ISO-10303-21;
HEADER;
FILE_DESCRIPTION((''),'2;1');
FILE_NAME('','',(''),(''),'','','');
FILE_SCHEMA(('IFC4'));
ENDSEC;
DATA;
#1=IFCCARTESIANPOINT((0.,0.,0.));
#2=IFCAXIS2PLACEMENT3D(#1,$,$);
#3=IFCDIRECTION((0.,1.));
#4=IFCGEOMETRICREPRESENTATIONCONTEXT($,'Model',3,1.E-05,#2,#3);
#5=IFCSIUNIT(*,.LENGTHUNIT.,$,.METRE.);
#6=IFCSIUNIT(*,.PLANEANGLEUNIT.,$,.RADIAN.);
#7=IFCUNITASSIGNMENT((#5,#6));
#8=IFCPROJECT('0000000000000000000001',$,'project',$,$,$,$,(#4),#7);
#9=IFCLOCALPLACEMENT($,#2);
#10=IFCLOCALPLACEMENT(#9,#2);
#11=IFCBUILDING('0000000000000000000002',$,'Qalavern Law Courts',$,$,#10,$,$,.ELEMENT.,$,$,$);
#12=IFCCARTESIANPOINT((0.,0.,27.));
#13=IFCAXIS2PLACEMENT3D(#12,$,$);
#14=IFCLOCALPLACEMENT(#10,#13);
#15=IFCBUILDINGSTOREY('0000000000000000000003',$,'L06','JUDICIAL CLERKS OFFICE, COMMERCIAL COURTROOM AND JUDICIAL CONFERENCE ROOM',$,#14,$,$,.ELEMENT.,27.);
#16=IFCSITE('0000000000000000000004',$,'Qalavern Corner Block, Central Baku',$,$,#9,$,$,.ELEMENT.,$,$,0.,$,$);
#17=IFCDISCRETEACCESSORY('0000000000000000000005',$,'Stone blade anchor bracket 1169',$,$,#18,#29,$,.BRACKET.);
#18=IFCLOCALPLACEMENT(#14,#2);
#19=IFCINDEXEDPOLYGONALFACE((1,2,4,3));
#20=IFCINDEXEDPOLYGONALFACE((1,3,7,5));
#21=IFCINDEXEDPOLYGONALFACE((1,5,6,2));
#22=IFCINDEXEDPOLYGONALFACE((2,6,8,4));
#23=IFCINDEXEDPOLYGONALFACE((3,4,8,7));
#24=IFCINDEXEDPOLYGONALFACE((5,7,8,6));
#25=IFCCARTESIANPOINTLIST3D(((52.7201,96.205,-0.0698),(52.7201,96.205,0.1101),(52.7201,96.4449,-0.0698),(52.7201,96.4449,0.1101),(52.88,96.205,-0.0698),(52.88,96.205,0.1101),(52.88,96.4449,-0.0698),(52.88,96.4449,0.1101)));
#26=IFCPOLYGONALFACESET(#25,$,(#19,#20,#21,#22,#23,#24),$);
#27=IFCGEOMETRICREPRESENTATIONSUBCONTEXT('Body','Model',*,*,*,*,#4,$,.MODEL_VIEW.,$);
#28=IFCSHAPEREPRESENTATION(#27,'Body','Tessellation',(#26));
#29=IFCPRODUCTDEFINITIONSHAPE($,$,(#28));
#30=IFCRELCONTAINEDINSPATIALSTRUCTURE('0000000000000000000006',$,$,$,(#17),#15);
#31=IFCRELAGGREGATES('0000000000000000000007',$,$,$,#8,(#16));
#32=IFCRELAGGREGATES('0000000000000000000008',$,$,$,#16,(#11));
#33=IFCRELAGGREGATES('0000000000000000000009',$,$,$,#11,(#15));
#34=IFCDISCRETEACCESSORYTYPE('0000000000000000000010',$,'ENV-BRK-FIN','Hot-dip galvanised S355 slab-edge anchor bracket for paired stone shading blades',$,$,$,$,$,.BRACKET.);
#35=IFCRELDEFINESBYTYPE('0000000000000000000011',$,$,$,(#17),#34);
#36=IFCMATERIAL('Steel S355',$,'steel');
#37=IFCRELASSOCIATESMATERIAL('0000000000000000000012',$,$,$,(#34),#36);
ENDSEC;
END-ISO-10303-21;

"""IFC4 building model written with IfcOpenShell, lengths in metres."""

from ifc_helpers import new_model, si_unit, direction, frame, origin, origin_2d, place, context, subcontext, project, spatial, rectangle, extrude, material, type_object, element, save


model = new_model("IFC4")

# Units and contexts
model_context = context("Model", 3, precision=1e-05, world=origin(), true_north=direction((0.0, 1.0)))
body_context = subcontext(model_context, "Body", "Model", "MODEL_VIEW")
ifc_project = project(units=[si_unit("LENGTHUNIT", "METRE"), si_unit("PLANEANGLEUNIT", "RADIAN")], contexts=[model_context])

# Site, building, storey
site_placement = place(None, origin())
site = spatial("IfcSite", under=ifc_project, at=site_placement, Name="Qalavern Corner Block, Central Baku", CompositionType="ELEMENT", RefElevation=0.0)
building_placement = place(site_placement, origin())
building = spatial("IfcBuilding", under=site, at=building_placement, Name="Qalavern Law Courts", CompositionType="ELEMENT")
storey_placement = place(building_placement, frame((0.0, 0.0, 27.0)))
storey = spatial("IfcBuildingStorey", under=building, at=storey_placement, Name="L06", Description="JUDICIAL CLERKS OFFICE, COMMERCIAL COURTROOM AND JUDICIAL CONFERENCE ROOM", CompositionType="ELEMENT", Elevation=27.0)

# Shared definitions
ifc_material_1 = material(Name="Steel S355", Category="steel")

# Discrete accessory
discrete_accessory_type = type_object("IfcDiscreteAccessoryType", Name="ENV-BRK-FIN", Description="Hot-dip galvanised S355 slab-edge anchor bracket for paired stone shading blades", PredefinedType="BRACKET", material=ifc_material_1)
discrete_accessory_placement = place(storey_placement, frame((52.8, 96.325, -0.0698), z_axis=(0.0, 0.0, 1.0), x_axis=(0.0, -1.0, 0.0)))
element("IfcDiscreteAccessory", 1, at=discrete_accessory_placement, inside=storey, type_object=discrete_accessory_type, Name="Stone blade anchor bracket 1169", PredefinedType="BRACKET", context=body_context, shape_type="SweptSolid", body=[
    extrude(rectangle(XDim=0.24, YDim=0.1599, at=origin_2d()), origin(), (0.0, 0.0, 1.0), 0.1799),
])

save(model, "model.ifc")
